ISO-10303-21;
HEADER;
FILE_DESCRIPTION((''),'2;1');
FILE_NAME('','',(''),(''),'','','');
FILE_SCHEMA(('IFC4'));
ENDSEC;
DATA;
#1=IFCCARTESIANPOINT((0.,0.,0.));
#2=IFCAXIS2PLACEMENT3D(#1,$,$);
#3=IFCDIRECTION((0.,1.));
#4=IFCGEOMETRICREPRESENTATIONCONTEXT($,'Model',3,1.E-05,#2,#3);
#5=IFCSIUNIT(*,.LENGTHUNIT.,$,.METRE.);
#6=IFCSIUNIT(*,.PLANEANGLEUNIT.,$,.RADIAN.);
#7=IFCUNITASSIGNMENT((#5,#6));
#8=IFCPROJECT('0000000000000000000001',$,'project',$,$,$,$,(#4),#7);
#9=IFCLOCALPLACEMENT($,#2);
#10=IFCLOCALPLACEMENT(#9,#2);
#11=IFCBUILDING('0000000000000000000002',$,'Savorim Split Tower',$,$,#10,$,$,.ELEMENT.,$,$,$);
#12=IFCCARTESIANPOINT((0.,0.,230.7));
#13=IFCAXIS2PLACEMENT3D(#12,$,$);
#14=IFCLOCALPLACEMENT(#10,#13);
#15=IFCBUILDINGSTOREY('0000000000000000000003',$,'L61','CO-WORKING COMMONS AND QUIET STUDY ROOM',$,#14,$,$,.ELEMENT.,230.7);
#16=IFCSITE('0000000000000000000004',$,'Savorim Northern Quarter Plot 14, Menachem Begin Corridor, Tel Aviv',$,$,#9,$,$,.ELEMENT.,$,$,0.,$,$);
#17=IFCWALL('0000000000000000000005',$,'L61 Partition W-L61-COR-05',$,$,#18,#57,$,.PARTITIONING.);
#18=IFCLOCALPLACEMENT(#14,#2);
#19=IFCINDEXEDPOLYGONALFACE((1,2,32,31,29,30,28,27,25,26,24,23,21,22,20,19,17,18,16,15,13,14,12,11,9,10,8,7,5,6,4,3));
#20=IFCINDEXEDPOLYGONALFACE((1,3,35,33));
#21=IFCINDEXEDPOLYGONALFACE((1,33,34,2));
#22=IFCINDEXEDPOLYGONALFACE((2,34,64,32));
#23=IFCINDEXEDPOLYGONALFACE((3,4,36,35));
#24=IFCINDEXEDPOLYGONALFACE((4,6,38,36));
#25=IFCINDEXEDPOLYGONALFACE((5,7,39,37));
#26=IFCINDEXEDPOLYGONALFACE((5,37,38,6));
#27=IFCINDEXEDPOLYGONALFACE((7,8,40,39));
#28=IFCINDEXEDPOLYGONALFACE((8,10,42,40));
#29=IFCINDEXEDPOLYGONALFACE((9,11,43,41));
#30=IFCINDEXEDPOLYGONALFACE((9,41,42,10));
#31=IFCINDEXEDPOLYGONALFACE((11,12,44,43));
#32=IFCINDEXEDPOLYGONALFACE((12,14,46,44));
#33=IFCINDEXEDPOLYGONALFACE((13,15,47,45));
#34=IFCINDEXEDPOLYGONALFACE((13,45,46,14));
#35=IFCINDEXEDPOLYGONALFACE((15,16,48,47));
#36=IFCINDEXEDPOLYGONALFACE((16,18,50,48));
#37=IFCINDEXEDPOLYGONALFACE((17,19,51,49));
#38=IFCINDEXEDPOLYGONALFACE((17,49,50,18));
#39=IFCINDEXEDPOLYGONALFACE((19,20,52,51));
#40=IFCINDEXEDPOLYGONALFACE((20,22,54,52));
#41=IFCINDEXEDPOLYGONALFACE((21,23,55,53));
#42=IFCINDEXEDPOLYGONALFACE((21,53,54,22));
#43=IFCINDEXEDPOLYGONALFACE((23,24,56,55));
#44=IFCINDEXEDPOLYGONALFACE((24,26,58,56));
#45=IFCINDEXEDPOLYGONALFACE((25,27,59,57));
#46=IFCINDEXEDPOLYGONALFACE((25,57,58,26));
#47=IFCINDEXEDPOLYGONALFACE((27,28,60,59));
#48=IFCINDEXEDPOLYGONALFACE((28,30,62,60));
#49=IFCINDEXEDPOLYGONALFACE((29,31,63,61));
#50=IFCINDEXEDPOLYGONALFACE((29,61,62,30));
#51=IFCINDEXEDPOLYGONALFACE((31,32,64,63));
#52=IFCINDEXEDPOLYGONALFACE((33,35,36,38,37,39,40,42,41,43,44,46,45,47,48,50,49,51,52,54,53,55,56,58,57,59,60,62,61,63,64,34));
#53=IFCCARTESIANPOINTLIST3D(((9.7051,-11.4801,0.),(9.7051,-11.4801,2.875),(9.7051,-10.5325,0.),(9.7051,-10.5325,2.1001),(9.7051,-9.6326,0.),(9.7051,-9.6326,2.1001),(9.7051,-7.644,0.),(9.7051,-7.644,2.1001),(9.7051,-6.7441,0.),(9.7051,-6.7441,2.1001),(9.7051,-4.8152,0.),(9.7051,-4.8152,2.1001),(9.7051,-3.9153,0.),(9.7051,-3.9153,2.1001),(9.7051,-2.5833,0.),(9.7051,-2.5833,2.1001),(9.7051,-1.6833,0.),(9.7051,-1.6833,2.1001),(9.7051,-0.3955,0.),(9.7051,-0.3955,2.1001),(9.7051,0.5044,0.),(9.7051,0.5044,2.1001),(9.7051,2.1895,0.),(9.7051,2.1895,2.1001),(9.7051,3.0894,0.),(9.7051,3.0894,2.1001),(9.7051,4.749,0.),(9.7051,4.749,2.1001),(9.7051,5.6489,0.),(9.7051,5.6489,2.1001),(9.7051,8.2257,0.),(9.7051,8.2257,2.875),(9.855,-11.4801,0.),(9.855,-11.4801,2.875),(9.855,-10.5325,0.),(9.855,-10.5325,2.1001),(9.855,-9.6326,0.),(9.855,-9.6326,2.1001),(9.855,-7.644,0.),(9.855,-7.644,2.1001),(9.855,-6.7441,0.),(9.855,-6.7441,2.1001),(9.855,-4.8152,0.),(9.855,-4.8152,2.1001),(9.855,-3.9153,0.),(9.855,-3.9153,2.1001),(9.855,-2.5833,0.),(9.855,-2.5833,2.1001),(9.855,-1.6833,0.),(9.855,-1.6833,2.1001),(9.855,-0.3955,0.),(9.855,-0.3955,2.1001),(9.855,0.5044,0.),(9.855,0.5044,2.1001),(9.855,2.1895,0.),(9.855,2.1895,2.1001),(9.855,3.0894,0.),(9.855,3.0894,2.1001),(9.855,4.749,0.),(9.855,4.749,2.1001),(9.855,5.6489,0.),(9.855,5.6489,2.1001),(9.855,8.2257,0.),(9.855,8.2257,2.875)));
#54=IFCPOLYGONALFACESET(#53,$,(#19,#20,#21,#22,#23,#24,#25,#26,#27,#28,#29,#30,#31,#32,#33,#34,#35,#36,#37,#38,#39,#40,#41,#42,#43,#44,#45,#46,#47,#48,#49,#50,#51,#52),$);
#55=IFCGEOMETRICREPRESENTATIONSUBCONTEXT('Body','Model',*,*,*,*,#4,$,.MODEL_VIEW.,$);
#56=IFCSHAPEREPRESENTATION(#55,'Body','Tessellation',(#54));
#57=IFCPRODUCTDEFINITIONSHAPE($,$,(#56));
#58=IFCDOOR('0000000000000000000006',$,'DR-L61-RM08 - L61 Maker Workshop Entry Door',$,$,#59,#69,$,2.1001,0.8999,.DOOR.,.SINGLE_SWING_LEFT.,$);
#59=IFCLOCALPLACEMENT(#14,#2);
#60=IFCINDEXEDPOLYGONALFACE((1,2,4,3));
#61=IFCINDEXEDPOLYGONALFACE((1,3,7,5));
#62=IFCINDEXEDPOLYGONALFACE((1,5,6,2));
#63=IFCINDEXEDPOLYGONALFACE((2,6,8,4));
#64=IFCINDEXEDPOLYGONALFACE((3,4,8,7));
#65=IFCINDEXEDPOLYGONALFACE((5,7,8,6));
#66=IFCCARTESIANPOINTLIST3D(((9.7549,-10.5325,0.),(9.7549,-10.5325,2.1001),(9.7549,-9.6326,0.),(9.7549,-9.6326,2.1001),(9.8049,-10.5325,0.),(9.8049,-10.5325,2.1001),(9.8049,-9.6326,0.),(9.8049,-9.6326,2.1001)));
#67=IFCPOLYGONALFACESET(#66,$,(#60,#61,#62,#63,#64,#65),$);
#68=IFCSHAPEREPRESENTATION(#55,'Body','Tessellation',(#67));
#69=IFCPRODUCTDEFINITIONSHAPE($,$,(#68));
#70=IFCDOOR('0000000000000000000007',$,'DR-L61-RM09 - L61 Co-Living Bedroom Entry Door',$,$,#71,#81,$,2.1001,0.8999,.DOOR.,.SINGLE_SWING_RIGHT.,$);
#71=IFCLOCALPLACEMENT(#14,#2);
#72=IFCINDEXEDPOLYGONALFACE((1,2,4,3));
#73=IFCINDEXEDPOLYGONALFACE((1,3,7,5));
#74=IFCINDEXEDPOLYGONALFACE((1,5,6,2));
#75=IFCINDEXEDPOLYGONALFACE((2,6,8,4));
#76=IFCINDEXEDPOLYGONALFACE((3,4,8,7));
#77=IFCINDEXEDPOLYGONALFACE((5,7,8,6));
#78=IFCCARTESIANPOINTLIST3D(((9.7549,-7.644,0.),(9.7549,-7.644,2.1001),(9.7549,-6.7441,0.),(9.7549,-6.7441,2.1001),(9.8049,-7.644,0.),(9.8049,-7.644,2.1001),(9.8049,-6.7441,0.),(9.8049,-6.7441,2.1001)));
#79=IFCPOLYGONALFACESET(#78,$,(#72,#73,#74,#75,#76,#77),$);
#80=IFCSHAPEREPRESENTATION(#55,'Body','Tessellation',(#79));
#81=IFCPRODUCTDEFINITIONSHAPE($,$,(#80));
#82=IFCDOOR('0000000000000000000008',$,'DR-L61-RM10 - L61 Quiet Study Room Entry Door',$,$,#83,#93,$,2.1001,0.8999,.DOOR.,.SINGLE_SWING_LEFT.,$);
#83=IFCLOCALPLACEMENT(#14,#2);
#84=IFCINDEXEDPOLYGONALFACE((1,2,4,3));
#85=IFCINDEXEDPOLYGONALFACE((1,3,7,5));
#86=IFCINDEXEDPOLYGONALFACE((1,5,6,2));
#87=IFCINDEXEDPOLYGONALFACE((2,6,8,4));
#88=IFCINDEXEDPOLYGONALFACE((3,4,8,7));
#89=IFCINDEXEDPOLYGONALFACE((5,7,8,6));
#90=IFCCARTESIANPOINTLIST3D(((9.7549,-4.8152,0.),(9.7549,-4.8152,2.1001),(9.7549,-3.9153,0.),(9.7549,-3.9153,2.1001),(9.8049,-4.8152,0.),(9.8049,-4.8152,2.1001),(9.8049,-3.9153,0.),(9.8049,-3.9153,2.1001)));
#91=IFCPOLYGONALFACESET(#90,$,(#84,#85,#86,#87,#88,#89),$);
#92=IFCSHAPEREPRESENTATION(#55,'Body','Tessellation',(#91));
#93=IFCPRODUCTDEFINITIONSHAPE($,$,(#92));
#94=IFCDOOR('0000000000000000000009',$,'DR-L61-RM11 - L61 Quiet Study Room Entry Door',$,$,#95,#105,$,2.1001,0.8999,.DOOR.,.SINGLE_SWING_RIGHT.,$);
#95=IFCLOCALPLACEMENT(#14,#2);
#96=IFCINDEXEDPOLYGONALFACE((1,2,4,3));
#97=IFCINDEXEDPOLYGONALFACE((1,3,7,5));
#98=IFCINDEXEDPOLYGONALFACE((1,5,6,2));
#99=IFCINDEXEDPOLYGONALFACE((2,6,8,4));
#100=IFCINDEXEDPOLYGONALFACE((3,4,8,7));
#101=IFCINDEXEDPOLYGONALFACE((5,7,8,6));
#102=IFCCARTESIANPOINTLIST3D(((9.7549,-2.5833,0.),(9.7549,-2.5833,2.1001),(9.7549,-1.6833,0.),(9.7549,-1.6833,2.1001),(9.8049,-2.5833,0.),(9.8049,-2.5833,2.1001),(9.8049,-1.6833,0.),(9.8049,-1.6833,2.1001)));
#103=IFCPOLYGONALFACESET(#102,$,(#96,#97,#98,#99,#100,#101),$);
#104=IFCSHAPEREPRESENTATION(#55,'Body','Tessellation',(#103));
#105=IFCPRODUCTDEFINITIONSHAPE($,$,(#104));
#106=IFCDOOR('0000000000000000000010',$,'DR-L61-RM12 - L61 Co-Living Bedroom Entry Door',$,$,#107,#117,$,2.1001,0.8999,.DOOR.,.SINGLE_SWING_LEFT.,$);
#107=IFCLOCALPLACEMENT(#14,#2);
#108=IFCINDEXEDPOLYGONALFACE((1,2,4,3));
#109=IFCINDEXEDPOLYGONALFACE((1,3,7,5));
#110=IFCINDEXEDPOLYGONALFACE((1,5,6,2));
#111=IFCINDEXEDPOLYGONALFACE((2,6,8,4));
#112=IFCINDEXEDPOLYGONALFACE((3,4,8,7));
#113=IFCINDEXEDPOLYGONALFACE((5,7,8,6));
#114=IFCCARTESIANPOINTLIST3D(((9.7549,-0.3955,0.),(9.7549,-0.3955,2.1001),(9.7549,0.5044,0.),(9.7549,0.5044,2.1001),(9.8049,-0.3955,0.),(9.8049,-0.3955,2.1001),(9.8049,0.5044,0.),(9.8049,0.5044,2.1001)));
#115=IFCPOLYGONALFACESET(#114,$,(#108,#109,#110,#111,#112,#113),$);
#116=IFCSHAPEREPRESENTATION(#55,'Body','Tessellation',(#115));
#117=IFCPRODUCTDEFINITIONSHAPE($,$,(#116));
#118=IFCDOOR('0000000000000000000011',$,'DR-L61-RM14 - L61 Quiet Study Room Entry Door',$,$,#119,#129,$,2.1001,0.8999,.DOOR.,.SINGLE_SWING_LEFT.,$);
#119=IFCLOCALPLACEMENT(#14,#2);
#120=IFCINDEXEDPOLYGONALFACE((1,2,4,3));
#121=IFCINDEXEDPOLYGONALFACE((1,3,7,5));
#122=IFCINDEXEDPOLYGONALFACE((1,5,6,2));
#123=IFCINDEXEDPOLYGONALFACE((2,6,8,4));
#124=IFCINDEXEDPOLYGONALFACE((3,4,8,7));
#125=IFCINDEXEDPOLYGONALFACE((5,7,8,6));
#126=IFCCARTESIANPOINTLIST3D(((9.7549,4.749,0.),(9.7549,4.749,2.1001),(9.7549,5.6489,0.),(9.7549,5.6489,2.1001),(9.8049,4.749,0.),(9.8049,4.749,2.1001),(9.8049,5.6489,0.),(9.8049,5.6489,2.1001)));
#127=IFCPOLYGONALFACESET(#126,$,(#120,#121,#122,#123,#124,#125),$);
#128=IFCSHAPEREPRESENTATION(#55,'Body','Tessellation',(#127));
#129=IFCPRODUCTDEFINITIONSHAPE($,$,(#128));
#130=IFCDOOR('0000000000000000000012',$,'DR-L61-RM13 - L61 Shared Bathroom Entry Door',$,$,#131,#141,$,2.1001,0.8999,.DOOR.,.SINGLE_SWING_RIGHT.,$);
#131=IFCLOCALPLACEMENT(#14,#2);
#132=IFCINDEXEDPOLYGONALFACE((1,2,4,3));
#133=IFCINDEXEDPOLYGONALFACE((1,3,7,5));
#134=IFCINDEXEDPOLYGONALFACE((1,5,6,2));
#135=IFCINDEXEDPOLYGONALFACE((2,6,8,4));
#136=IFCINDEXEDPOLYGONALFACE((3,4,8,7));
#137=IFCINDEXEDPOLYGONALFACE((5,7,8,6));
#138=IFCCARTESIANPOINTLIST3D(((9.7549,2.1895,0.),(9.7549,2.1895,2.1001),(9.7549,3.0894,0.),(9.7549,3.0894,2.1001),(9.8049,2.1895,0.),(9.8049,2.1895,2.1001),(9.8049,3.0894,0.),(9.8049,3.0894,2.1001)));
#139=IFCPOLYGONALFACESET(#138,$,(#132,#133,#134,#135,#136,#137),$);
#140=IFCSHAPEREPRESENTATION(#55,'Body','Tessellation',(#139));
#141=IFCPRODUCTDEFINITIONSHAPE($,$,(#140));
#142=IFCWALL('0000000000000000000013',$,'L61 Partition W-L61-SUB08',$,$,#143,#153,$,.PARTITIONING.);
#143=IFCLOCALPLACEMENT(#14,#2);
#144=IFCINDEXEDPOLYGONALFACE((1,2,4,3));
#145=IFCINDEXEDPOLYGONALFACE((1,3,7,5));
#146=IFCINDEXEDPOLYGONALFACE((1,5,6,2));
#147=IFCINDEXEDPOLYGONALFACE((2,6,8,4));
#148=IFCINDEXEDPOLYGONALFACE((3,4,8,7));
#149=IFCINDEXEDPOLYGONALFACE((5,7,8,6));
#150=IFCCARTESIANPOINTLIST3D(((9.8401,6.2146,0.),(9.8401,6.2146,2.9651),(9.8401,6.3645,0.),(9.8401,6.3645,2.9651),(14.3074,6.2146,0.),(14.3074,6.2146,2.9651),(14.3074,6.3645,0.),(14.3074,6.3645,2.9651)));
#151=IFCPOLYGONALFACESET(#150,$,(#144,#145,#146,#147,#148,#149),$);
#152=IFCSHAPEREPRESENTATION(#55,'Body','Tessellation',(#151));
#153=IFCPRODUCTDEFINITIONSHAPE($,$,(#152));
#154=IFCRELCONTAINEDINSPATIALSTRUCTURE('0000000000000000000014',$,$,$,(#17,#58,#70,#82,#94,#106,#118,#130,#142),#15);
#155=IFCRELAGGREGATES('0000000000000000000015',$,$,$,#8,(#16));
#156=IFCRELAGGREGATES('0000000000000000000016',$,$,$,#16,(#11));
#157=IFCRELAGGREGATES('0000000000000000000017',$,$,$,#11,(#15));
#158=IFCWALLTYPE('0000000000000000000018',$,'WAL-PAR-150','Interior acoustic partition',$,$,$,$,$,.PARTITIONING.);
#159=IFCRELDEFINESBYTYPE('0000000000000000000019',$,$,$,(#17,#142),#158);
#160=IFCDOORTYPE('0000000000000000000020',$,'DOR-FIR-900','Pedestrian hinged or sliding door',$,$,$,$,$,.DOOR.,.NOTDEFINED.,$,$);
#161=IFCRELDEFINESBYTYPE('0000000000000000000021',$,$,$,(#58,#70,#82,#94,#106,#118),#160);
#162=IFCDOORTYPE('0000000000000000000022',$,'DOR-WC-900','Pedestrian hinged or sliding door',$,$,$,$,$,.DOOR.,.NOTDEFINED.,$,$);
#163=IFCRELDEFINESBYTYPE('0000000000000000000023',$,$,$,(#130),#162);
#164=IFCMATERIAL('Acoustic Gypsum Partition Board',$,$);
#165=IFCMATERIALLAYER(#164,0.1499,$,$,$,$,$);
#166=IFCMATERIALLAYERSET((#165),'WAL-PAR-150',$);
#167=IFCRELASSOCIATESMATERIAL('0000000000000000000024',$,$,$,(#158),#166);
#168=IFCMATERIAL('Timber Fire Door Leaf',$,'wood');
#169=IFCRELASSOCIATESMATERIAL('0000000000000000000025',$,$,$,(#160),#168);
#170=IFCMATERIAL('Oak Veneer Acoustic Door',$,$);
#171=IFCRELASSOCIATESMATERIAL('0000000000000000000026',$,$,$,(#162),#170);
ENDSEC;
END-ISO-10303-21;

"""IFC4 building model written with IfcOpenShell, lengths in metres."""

from ifc_helpers import new_model, si_unit, direction, frame, frame_2d, origin, place, context, subcontext, project, spatial, rectangle, extrude, material, layer, layer_set, type_object, element, fill, save


model = new_model("IFC4")

# Units and contexts
model_context = context("Model", 3, precision=1e-05, world=origin(), true_north=direction((0.0, 1.0)))
body_context = subcontext(model_context, "Body", "Model", "MODEL_VIEW")
ifc_project = project(units=[si_unit("LENGTHUNIT", "METRE"), si_unit("PLANEANGLEUNIT", "RADIAN")], contexts=[model_context])

# Site, building, storey
site_placement = place(None, origin())
site = spatial("IfcSite", under=ifc_project, at=site_placement, Name="Savorim Northern Quarter Plot 14, Menachem Begin Corridor, Tel Aviv", CompositionType="ELEMENT", RefElevation=0.0)
building_placement = place(site_placement, origin())
building = spatial("IfcBuilding", under=site, at=building_placement, Name="Savorim Split Tower", CompositionType="ELEMENT")
storey_placement = place(building_placement, frame((0.0, 0.0, 230.7)))
storey = spatial("IfcBuildingStorey", under=building, at=storey_placement, Name="L61", Description="CO-WORKING COMMONS AND QUIET STUDY ROOM", CompositionType="ELEMENT", Elevation=230.7)

# Shared definitions
ifc_material_1 = material(Name="Timber Fire Door Leaf", Category="wood")

# Shared definitions
ifc_material_2 = material(Name="Acoustic Gypsum Partition Board")
ifc_layer_1 = layer(ifc_material_2, 0.1499)
ifc_layer_set_1 = layer_set([ifc_layer_1], Name="WAL-PAR-150")
wall_type_1 = type_object("IfcWallType", Name="WAL-PAR-150", Description="Interior acoustic partition", PredefinedType="PARTITIONING", material=ifc_layer_set_1)

# Wall, openings, doors
wall_1_placement = place(storey_placement, frame((9.78, 8.2258, 0.0), z_axis=(0.0, 0.0, 1.0), x_axis=(0.0, -1.0, 0.0)))
wall_1 = element("IfcWall", 1, at=wall_1_placement, inside=storey, type_object=wall_type_1, Name="L61 Partition W-L61-COR-05", PredefinedType="PARTITIONING", context=body_context, shape_type="SweptSolid", body=[
    extrude(rectangle(XDim=19.7058, YDim=0.1499, at=frame_2d((9.853, 0.0))), origin(), (0.0, 0.0, 1.0), 2.875),
])
opening_1_placement = place(wall_1_placement, frame((17.8584, 0.0, 0.0)))
opening_1 = element("IfcOpeningElement", 2, at=opening_1_placement, cuts=wall_1, PredefinedType="OPENING", context=body_context, shape_type="SweptSolid", body=[
    extrude(rectangle(XDim=0.8999, YDim=2.1001, at=frame_2d((0.45, 1.05))), frame((0.0, 0.085, 0.0), z_axis=(0.0, -1.0, 0.0), x_axis=(1.0, 0.0, 0.0)), (0.0, 0.0, 1.0), 0.1699),
])
opening_2_placement = place(wall_1_placement, frame((14.97, 0.0, 0.0)))
opening_2 = element("IfcOpeningElement", 3, at=opening_2_placement, cuts=wall_1, PredefinedType="OPENING", context=body_context, shape_type="SweptSolid", body=[
    extrude(rectangle(XDim=0.8999, YDim=2.1001, at=frame_2d((0.45, 1.05))), frame((0.0, 0.085, 0.0), z_axis=(0.0, -1.0, 0.0), x_axis=(1.0, 0.0, 0.0)), (0.0, 0.0, 1.0), 0.1699),
])
opening_3_placement = place(wall_1_placement, frame((12.1411, 0.0, 0.0)))
opening_3 = element("IfcOpeningElement", 4, at=opening_3_placement, cuts=wall_1, PredefinedType="OPENING", context=body_context, shape_type="SweptSolid", body=[
    extrude(rectangle(XDim=0.8999, YDim=2.1001, at=frame_2d((0.45, 1.05))), frame((0.0, 0.085, 0.0), z_axis=(0.0, -1.0, 0.0), x_axis=(1.0, 0.0, 0.0)), (0.0, 0.0, 1.0), 0.1699),
])
opening_4_placement = place(wall_1_placement, frame((9.9092, 0.0, 0.0)))
opening_4 = element("IfcOpeningElement", 5, at=opening_4_placement, cuts=wall_1, PredefinedType="OPENING", context=body_context, shape_type="SweptSolid", body=[
    extrude(rectangle(XDim=0.8999, YDim=2.1001, at=frame_2d((0.45, 1.05))), frame((0.0, 0.085, 0.0), z_axis=(0.0, -1.0, 0.0), x_axis=(1.0, 0.0, 0.0)), (0.0, 0.0, 1.0), 0.1699),
])
opening_5_placement = place(wall_1_placement, frame((7.7214, 0.0, 0.0)))
opening_5 = element("IfcOpeningElement", 6, at=opening_5_placement, cuts=wall_1, PredefinedType="OPENING", context=body_context, shape_type="SweptSolid", body=[
    extrude(rectangle(XDim=0.8999, YDim=2.1001, at=frame_2d((0.45, 1.05))), frame((0.0, 0.085, 0.0), z_axis=(0.0, -1.0, 0.0), x_axis=(1.0, 0.0, 0.0)), (0.0, 0.0, 1.0), 0.1699),
])
opening_6_placement = place(wall_1_placement, frame((5.1365, 0.0, 0.0)))
opening_6 = element("IfcOpeningElement", 7, at=opening_6_placement, cuts=wall_1, PredefinedType="OPENING", context=body_context, shape_type="SweptSolid", body=[
    extrude(rectangle(XDim=0.8999, YDim=2.1001, at=frame_2d((0.45, 1.05))), frame((0.0, 0.085, 0.0), z_axis=(0.0, -1.0, 0.0), x_axis=(1.0, 0.0, 0.0)), (0.0, 0.0, 1.0), 0.1699),
])
opening_7_placement = place(wall_1_placement, frame((2.5769, 0.0, 0.0)))
opening_7 = element("IfcOpeningElement", 8, at=opening_7_placement, cuts=wall_1, PredefinedType="OPENING", context=body_context, shape_type="SweptSolid", body=[
    extrude(rectangle(XDim=0.8999, YDim=2.1001, at=frame_2d((0.45, 1.05))), frame((0.0, 0.085, 0.0), z_axis=(0.0, -1.0, 0.0), x_axis=(1.0, 0.0, 0.0)), (0.0, 0.0, 1.0), 0.1699),
])
door_type_1 = type_object("IfcDoorType", Name="DOR-FIR-900", Description="Pedestrian hinged or sliding door", OperationType="NOTDEFINED", PredefinedType="DOOR", material=ifc_material_1)
door_1_placement = place(opening_1_placement, origin())
door_1 = element("IfcDoor", 9, at=door_1_placement, inside=storey, type_object=door_type_1, Name="DR-L61-RM08 - L61 Maker Workshop Entry Door", OperationType="SINGLE_SWING_LEFT", OverallHeight=2.1001, OverallWidth=0.8999, PredefinedType="DOOR", context=body_context, shape_type="SweptSolid", body=[
    extrude(rectangle(XDim=0.8999, YDim=2.1001, at=frame_2d((0.45, 1.05))), frame((0.0, 0.0249, 0.0), z_axis=(0.0, -1.0, 0.0), x_axis=(1.0, 0.0, 0.0)), (0.0, 0.0, 1.0), 0.05),
])
fill(opening_1, door_1)
door_2_placement = place(opening_2_placement, origin())
door_2 = element("IfcDoor", 10, at=door_2_placement, inside=storey, type_object=door_type_1, Name="DR-L61-RM09 - L61 Co-Living Bedroom Entry Door", OperationType="SINGLE_SWING_RIGHT", OverallHeight=2.1001, OverallWidth=0.8999, PredefinedType="DOOR", context=body_context, shape_type="SweptSolid", body=[
    extrude(rectangle(XDim=0.8999, YDim=2.1001, at=frame_2d((0.45, 1.05))), frame((0.0, 0.0249, 0.0), z_axis=(0.0, -1.0, 0.0), x_axis=(1.0, 0.0, 0.0)), (0.0, 0.0, 1.0), 0.05),
])
fill(opening_2, door_2)
door_3_placement = place(opening_3_placement, origin())
door_3 = element("IfcDoor", 11, at=door_3_placement, inside=storey, type_object=door_type_1, Name="DR-L61-RM10 - L61 Quiet Study Room Entry Door", OperationType="SINGLE_SWING_LEFT", OverallHeight=2.1001, OverallWidth=0.8999, PredefinedType="DOOR", context=body_context, shape_type="SweptSolid", body=[
    extrude(rectangle(XDim=0.8999, YDim=2.1001, at=frame_2d((0.45, 1.05))), frame((0.0, 0.0249, 0.0), z_axis=(0.0, -1.0, 0.0), x_axis=(1.0, 0.0, 0.0)), (0.0, 0.0, 1.0), 0.05),
])
fill(opening_3, door_3)
door_4_placement = place(opening_4_placement, origin())
door_4 = element("IfcDoor", 12, at=door_4_placement, inside=storey, type_object=door_type_1, Name="DR-L61-RM11 - L61 Quiet Study Room Entry Door", OperationType="SINGLE_SWING_RIGHT", OverallHeight=2.1001, OverallWidth=0.8999, PredefinedType="DOOR", context=body_context, shape_type="SweptSolid", body=[
    extrude(rectangle(XDim=0.8999, YDim=2.1001, at=frame_2d((0.45, 1.05))), frame((0.0, 0.0249, 0.0), z_axis=(0.0, -1.0, 0.0), x_axis=(1.0, 0.0, 0.0)), (0.0, 0.0, 1.0), 0.05),
])
fill(opening_4, door_4)
door_5_placement = place(opening_5_placement, origin())
door_5 = element("IfcDoor", 13, at=door_5_placement, inside=storey, type_object=door_type_1, Name="DR-L61-RM12 - L61 Co-Living Bedroom Entry Door", OperationType="SINGLE_SWING_LEFT", OverallHeight=2.1001, OverallWidth=0.8999, PredefinedType="DOOR", context=body_context, shape_type="SweptSolid", body=[
    extrude(rectangle(XDim=0.8999, YDim=2.1001, at=frame_2d((0.45, 1.05))), frame((0.0, 0.0249, 0.0), z_axis=(0.0, -1.0, 0.0), x_axis=(1.0, 0.0, 0.0)), (0.0, 0.0, 1.0), 0.05),
])
fill(opening_5, door_5)
door_6_placement = place(opening_7_placement, origin())
door_6 = element("IfcDoor", 14, at=door_6_placement, inside=storey, type_object=door_type_1, Name="DR-L61-RM14 - L61 Quiet Study Room Entry Door", OperationType="SINGLE_SWING_LEFT", OverallHeight=2.1001, OverallWidth=0.8999, PredefinedType="DOOR", context=body_context, shape_type="SweptSolid", body=[
    extrude(rectangle(XDim=0.8999, YDim=2.1001, at=frame_2d((0.45, 1.05))), frame((0.0, 0.0249, 0.0), z_axis=(0.0, -1.0, 0.0), x_axis=(1.0, 0.0, 0.0)), (0.0, 0.0, 1.0), 0.05),
])
fill(opening_7, door_6)
ifc_material_3 = material(Name="Oak Veneer Acoustic Door")
door_type_2 = type_object("IfcDoorType", Name="DOR-WC-900", Description="Pedestrian hinged or sliding door", OperationType="NOTDEFINED", PredefinedType="DOOR", material=ifc_material_3)
door_7_placement = place(opening_6_placement, origin())
door_7 = element("IfcDoor", 15, at=door_7_placement, inside=storey, type_object=door_type_2, Name="DR-L61-RM13 - L61 Shared Bathroom Entry Door", OperationType="SINGLE_SWING_RIGHT", OverallHeight=2.1001, OverallWidth=0.8999, PredefinedType="DOOR", context=body_context, shape_type="SweptSolid", body=[
    extrude(rectangle(XDim=0.8999, YDim=2.1001, at=frame_2d((0.45, 1.05))), frame((0.0, 0.0249, 0.0), z_axis=(0.0, -1.0, 0.0), x_axis=(1.0, 0.0, 0.0)), (0.0, 0.0, 1.0), 0.05),
])
fill(opening_6, door_7)

# Wall
wall_2_placement = place(storey_placement, frame((9.8401, 6.2896, 0.0), z_axis=(0.0, 0.0, 1.0), x_axis=(1.0, 0.0, 0.0)))
element("IfcWall", 16, at=wall_2_placement, inside=storey, type_object=wall_type_1, Name="L61 Partition W-L61-SUB08", PredefinedType="PARTITIONING", context=body_context, shape_type="SweptSolid", body=[
    extrude(rectangle(XDim=4.4673, YDim=0.1499, at=frame_2d((2.2336, 0.0))), origin(), (0.0, 0.0, 1.0), 2.9651),
])

save(model, "model.ifc")
